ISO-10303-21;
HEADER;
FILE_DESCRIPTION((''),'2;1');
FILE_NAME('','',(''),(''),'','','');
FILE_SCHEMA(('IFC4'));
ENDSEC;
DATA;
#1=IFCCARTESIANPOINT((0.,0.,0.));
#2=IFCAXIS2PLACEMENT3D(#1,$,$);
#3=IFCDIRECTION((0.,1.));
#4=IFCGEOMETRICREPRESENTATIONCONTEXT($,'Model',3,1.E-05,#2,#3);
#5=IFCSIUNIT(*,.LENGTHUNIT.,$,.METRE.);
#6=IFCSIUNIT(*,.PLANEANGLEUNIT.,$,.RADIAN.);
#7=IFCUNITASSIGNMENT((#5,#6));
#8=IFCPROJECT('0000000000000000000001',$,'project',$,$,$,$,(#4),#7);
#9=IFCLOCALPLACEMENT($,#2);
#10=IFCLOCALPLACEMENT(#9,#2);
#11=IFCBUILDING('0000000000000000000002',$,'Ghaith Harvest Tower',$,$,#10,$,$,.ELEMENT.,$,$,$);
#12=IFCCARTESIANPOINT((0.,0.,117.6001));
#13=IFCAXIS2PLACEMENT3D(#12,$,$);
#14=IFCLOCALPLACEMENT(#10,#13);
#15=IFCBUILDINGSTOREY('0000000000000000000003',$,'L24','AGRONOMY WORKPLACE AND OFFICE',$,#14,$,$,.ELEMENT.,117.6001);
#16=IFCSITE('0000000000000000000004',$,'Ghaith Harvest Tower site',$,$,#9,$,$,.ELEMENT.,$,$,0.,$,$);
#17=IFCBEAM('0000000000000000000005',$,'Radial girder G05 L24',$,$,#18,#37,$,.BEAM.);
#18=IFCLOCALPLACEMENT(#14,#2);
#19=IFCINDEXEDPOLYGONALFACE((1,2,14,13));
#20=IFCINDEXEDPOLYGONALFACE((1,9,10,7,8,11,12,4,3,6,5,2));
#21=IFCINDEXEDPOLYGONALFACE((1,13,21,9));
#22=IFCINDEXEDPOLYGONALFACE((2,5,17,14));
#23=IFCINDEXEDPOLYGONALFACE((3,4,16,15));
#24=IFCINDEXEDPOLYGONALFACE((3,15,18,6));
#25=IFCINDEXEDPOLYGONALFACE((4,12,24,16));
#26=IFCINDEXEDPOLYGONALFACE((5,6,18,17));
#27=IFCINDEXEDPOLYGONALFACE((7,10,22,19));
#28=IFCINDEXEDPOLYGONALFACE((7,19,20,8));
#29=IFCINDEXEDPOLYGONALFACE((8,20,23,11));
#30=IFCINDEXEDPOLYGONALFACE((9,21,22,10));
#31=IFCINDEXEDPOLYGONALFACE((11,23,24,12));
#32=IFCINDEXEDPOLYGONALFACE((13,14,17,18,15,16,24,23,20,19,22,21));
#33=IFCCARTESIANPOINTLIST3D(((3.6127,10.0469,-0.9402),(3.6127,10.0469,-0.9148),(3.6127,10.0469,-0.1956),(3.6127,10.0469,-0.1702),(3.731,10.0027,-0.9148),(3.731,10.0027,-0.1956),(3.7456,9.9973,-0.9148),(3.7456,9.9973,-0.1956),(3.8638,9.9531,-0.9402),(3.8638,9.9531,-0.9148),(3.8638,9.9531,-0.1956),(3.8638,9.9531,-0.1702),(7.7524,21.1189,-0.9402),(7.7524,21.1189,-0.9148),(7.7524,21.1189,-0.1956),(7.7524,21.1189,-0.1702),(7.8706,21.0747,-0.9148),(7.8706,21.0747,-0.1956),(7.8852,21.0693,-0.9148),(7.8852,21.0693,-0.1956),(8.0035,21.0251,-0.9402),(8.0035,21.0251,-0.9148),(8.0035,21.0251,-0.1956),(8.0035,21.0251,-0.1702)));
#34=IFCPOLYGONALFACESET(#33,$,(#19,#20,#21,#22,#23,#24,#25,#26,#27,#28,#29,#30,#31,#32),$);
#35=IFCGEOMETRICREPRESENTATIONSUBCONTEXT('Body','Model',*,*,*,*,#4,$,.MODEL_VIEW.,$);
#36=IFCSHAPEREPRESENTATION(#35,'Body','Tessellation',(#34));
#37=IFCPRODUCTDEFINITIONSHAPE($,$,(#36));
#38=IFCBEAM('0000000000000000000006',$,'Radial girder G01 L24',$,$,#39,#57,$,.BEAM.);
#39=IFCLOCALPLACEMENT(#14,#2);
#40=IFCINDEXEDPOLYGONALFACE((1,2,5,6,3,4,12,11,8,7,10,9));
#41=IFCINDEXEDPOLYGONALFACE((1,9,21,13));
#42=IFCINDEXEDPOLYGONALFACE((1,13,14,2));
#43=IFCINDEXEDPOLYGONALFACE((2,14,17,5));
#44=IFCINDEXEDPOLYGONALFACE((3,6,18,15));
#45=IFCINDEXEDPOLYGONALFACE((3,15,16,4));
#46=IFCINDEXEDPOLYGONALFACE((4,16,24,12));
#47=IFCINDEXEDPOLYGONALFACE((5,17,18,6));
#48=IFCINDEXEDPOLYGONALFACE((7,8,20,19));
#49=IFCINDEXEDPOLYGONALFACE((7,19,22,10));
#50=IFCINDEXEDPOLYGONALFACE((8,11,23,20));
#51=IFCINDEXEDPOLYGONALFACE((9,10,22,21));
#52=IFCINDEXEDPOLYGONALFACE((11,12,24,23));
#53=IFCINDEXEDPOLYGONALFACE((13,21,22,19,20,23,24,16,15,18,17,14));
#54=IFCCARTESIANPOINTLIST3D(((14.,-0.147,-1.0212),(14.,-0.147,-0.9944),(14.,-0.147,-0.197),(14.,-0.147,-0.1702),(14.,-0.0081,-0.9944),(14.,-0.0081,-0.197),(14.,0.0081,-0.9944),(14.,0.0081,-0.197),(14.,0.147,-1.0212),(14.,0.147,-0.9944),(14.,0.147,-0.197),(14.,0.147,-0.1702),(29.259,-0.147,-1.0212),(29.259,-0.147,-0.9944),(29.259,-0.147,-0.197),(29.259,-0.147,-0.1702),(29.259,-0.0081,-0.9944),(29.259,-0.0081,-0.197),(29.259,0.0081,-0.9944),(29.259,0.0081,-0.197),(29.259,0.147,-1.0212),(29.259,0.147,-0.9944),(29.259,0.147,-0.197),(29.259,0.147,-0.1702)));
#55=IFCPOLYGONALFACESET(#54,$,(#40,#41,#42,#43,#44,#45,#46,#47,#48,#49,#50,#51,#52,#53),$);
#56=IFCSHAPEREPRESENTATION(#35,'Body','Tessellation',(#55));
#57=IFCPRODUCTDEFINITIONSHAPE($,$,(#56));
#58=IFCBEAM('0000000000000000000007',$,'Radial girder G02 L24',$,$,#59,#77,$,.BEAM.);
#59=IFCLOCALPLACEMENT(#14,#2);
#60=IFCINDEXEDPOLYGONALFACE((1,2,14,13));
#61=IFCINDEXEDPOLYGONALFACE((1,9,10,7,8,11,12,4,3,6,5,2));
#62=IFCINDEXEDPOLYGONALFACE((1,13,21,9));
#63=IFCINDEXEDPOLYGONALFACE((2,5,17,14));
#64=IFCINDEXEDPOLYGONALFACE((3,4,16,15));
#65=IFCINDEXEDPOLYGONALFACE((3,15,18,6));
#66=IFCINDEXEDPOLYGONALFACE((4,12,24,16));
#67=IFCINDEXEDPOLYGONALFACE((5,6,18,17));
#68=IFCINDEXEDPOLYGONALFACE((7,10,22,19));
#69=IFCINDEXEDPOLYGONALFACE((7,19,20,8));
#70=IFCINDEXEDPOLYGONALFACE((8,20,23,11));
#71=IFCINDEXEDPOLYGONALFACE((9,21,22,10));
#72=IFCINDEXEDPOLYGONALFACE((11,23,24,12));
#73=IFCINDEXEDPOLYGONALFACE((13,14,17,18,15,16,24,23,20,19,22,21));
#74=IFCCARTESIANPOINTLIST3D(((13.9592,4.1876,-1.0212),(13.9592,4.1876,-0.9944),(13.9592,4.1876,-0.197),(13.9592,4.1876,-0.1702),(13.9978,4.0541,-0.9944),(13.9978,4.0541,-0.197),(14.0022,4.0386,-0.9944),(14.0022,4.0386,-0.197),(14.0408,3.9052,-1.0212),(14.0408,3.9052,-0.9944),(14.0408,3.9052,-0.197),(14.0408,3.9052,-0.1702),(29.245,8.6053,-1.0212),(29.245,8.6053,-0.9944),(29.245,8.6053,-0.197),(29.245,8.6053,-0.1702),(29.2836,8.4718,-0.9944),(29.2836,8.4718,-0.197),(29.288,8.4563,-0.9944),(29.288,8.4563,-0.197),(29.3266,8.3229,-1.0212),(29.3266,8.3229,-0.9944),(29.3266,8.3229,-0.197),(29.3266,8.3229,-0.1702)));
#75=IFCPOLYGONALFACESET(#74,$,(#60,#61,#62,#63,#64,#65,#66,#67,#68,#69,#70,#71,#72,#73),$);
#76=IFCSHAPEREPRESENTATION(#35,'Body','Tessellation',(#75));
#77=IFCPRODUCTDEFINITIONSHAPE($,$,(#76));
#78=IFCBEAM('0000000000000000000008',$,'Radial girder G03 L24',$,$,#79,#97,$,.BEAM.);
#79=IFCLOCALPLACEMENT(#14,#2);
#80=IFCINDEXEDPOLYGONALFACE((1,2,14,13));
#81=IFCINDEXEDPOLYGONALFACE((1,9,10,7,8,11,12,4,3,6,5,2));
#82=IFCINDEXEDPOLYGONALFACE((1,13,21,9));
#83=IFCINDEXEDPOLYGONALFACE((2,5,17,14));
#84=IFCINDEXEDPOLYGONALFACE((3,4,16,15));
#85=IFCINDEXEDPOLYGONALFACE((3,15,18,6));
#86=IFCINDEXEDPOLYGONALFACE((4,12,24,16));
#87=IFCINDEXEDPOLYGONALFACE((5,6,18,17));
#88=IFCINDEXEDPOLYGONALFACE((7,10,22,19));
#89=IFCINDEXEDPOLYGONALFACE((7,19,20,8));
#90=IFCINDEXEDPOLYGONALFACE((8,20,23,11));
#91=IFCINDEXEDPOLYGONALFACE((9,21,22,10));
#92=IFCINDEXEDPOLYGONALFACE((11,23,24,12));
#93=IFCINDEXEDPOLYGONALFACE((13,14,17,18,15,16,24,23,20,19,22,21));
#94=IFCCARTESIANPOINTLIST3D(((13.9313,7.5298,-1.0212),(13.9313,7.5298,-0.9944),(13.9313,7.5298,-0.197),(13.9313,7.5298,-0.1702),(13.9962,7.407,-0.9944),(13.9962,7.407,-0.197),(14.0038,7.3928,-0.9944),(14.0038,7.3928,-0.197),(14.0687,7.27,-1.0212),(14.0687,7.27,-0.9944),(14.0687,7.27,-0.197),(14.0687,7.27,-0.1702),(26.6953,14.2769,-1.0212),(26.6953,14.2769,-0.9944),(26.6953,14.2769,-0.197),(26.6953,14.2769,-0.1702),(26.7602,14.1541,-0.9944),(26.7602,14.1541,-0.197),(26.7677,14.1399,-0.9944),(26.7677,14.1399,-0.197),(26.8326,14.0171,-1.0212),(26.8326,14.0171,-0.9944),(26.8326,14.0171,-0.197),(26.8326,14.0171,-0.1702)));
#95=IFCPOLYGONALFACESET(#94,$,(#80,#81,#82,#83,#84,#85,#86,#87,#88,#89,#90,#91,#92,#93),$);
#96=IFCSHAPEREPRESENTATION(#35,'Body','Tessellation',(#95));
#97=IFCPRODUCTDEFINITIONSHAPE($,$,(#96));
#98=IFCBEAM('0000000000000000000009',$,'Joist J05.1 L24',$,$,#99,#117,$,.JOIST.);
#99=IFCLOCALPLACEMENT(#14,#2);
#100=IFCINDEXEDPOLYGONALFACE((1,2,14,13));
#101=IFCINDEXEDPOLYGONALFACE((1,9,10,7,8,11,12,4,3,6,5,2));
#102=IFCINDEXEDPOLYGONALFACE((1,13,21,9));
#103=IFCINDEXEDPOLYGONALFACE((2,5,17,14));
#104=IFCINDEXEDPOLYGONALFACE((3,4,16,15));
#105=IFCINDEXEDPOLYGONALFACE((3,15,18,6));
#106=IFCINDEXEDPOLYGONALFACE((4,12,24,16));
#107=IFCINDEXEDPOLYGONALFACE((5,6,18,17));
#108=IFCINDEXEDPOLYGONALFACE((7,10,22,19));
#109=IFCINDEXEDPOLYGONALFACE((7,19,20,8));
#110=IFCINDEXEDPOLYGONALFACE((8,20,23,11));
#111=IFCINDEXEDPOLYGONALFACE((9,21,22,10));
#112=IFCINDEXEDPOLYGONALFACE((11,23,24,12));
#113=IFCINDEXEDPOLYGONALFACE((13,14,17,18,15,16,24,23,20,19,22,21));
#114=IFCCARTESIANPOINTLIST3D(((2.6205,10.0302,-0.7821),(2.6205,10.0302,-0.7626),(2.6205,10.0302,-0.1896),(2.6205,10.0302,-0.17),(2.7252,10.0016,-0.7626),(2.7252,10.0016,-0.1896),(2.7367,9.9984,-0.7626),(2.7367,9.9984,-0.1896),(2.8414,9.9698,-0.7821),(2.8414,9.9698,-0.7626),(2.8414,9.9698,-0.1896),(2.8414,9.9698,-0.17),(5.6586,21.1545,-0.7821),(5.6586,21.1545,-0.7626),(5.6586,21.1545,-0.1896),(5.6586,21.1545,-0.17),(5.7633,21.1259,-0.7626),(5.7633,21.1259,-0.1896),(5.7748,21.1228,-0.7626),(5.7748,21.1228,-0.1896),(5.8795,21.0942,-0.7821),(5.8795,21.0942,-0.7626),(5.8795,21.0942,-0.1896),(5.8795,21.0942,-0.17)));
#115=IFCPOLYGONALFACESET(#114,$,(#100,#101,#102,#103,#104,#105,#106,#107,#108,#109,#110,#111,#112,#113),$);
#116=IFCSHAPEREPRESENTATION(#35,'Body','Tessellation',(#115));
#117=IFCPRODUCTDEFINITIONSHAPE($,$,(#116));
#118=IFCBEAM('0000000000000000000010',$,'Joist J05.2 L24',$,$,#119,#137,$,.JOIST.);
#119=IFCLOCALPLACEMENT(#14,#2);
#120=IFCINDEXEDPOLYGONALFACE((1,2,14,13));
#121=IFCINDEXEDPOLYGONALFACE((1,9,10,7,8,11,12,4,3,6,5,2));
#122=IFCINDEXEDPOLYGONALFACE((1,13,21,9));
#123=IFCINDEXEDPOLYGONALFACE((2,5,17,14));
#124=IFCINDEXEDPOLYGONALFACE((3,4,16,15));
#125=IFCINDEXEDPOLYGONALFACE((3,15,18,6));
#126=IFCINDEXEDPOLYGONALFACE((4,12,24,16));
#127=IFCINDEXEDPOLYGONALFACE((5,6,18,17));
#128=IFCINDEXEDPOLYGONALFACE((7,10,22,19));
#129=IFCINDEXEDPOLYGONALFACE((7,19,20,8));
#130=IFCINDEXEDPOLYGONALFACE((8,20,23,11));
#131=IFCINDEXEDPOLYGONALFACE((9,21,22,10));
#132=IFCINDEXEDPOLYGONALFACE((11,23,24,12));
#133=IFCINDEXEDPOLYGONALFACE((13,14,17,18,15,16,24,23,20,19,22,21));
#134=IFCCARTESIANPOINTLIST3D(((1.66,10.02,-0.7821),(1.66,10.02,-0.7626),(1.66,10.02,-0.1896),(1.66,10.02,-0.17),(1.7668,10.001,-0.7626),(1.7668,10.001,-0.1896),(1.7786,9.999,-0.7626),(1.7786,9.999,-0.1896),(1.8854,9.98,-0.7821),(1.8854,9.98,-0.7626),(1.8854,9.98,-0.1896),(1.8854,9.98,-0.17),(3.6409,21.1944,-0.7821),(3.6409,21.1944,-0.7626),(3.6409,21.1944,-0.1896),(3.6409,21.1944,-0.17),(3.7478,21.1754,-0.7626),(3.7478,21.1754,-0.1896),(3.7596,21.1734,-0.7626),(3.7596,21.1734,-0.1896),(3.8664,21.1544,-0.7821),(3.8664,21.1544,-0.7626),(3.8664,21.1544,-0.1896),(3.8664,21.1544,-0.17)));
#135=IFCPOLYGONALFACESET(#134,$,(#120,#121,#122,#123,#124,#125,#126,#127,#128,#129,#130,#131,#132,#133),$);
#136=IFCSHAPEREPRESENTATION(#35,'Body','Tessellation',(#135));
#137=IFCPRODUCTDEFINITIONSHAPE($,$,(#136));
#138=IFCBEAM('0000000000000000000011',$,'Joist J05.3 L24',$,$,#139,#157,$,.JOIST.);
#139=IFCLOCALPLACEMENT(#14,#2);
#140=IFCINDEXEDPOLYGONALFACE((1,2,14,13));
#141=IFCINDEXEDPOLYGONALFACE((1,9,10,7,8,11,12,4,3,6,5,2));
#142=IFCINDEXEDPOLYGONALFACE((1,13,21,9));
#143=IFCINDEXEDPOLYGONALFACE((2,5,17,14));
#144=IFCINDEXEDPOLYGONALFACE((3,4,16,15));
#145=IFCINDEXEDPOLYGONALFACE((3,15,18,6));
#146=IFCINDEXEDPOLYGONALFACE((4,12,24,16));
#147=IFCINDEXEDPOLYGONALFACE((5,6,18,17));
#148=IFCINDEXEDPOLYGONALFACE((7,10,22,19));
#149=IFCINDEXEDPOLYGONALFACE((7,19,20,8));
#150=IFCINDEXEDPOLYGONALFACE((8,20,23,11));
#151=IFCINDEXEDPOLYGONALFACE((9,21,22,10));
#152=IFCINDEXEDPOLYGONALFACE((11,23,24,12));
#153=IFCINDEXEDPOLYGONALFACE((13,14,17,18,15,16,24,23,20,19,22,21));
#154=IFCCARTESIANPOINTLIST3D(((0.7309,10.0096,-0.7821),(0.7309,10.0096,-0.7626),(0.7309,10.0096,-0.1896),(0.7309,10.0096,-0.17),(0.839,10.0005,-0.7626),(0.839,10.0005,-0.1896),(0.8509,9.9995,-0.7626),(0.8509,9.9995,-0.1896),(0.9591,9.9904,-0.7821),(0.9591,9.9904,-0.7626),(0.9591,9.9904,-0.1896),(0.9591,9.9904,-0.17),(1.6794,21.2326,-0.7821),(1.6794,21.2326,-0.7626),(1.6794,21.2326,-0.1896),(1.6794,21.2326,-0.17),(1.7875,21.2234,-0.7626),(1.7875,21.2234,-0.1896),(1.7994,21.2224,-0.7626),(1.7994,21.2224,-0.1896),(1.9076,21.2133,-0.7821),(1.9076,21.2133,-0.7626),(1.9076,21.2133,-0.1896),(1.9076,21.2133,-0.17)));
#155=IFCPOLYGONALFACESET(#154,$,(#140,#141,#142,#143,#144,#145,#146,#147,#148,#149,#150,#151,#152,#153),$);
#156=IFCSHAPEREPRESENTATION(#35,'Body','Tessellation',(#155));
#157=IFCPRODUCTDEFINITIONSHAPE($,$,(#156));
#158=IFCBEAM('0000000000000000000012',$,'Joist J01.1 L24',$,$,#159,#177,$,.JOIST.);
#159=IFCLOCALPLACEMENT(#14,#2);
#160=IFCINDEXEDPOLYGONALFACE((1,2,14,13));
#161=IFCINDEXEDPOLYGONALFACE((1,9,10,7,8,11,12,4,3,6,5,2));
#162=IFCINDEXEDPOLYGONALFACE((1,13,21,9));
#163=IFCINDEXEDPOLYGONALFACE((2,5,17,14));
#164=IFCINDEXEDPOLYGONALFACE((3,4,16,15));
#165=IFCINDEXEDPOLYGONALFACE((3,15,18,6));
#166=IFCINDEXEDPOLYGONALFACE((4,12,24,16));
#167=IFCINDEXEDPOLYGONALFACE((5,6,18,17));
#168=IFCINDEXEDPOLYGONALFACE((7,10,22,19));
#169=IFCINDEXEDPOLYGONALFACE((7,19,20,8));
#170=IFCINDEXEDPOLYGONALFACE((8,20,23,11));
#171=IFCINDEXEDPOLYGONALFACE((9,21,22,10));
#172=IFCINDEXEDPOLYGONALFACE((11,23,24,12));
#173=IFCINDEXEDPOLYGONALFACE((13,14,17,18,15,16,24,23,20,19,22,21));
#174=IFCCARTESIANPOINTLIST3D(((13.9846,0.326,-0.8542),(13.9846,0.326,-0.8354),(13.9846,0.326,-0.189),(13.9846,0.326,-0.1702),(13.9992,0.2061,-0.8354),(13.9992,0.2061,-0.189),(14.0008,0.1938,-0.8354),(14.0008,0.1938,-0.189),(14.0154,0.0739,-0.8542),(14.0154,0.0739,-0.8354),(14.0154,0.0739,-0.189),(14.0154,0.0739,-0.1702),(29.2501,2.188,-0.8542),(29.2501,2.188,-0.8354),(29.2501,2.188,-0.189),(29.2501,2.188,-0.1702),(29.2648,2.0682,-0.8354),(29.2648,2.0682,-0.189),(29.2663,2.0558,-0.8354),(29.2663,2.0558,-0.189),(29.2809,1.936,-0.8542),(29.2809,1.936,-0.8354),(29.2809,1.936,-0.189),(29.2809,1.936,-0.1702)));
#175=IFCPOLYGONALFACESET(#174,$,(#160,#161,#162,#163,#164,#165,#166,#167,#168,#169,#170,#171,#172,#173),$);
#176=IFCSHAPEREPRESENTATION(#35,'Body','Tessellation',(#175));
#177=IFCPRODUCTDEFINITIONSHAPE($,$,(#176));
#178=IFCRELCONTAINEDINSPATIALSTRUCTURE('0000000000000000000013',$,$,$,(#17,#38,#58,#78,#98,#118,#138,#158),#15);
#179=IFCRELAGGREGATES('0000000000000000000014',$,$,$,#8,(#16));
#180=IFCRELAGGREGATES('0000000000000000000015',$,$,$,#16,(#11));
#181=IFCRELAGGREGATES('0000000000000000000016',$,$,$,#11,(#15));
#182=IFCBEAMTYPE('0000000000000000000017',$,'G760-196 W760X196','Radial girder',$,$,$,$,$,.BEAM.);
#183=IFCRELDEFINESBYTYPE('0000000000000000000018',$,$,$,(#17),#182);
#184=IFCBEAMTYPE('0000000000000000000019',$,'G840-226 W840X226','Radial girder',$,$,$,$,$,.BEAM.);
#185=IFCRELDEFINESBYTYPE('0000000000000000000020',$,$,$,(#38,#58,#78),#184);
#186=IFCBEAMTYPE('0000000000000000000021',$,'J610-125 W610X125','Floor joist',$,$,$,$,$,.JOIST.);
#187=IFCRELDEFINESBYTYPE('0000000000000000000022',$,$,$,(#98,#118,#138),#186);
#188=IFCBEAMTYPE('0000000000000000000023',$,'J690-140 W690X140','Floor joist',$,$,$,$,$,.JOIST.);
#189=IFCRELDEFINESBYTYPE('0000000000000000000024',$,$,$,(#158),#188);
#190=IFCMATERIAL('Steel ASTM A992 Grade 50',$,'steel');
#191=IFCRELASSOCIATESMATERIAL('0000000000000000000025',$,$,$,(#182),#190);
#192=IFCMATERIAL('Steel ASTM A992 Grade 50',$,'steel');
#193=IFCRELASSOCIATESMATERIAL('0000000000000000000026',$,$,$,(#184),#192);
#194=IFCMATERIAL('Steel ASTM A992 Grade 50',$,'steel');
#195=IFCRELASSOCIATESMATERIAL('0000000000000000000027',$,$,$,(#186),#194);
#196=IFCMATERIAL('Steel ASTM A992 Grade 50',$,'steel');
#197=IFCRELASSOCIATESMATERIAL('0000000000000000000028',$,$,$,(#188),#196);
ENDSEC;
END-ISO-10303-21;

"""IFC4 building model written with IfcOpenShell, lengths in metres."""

from ifc_helpers import new_model, si_unit, direction, frame, origin, origin_2d, place, context, subcontext, project, spatial, i_section, extrude, material, material_profile, profile_set, type_object, element, save


model = new_model("IFC4")

# Units and contexts
model_context = context("Model", 3, precision=1e-05, world=origin(), true_north=direction((0.0, 1.0)))
body_context = subcontext(model_context, "Body", "Model", "MODEL_VIEW")
ifc_project = project(units=[si_unit("LENGTHUNIT", "METRE"), si_unit("PLANEANGLEUNIT", "RADIAN")], contexts=[model_context])

# Site, building, storey
site_placement = place(None, origin())
site = spatial("IfcSite", under=ifc_project, at=site_placement, Name="Ghaith Harvest Tower site", CompositionType="ELEMENT", RefElevation=0.0)
building_placement = place(site_placement, origin())
building = spatial("IfcBuilding", under=site, at=building_placement, Name="Ghaith Harvest Tower", CompositionType="ELEMENT")
storey_placement = place(building_placement, frame((0.0, 0.0, 117.6001)))
storey = spatial("IfcBuildingStorey", under=building, at=storey_placement, Name="L24", Description="AGRONOMY WORKPLACE AND OFFICE", CompositionType="ELEMENT", Elevation=117.6001)

# Beams
ifc_material_1 = material(Name="Steel ASTM A992 Grade 50", Category="steel")
ifc_material_profile_1 = material_profile(ifc_material_1, i_section(OverallWidth=0.2681, OverallDepth=0.77, WebThickness=0.0156, FlangeThickness=0.0254, at=origin_2d()), Name="W760X196")
ifc_profile_set_1 = profile_set([ifc_material_profile_1], Name="Steel ASTM A992 Grade 50")
beam_type_1 = type_object("IfcBeamType", Name="G760-196 W760X196", Description="Radial girder", PredefinedType="BEAM", material=ifc_profile_set_1)
beam_1_placement = place(storey_placement, frame((3.7383, 10.0, -0.5552), z_axis=(0.350207, 0.936672, 0.0), x_axis=(-0.936672, 0.350207, 0.0)))
element("IfcBeam", 1, at=beam_1_placement, inside=storey, type_object=beam_type_1, Name="Radial girder G05 L24", PredefinedType="BEAM", context=body_context, shape_type="SweptSolid", body=[
    extrude(i_section(OverallWidth=0.2681, OverallDepth=0.77, WebThickness=0.0156, FlangeThickness=0.0254, at=origin_2d()), origin(), (0.0, 0.0, 1.0), 11.8206),
])
ifc_material_2 = material(Name="Steel ASTM A992 Grade 50", Category="steel")
ifc_material_profile_2 = material_profile(ifc_material_2, i_section(OverallWidth=0.2939, OverallDepth=0.8511, WebThickness=0.0161, FlangeThickness=0.0269, at=origin_2d()), Name="W840X226")
ifc_profile_set_2 = profile_set([ifc_material_profile_2], Name="Steel ASTM A992 Grade 50")
beam_type_2 = type_object("IfcBeamType", Name="G840-226 W840X226", Description="Radial girder", PredefinedType="BEAM", material=ifc_profile_set_2)
beam_2_placement = place(storey_placement, frame((14.0, 0.0, -0.5957), z_axis=(1.0, 0.0, 0.0), x_axis=(0.0, 1.0, 0.0)))
element("IfcBeam", 2, at=beam_2_placement, inside=storey, type_object=beam_type_2, Name="Radial girder G01 L24", PredefinedType="BEAM", context=body_context, shape_type="SweptSolid", body=[
    extrude(i_section(OverallWidth=0.2939, OverallDepth=0.8511, WebThickness=0.0161, FlangeThickness=0.0269, at=origin_2d()), origin(), (0.0, 0.0, 1.0), 15.259),
])
beam_3_placement = place(storey_placement, frame((14.0, 4.0464, -0.5957), z_axis=(0.960684, 0.277644, 0.0), x_axis=(-0.277644, 0.960684, 0.0)))
element("IfcBeam", 3, at=beam_3_placement, inside=storey, type_object=beam_type_2, Name="Radial girder G02 L24", PredefinedType="BEAM", context=body_context, shape_type="SweptSolid", body=[
    extrude(i_section(OverallWidth=0.2939, OverallDepth=0.8511, WebThickness=0.0161, FlangeThickness=0.0269, at=origin_2d()), origin(), (0.0, 0.0, 1.0), 15.9114),
])
beam_4_placement = place(storey_placement, frame((14.0, 7.3999, -0.5957), z_axis=(0.884083, 0.467331, 0.0), x_axis=(-0.467331, 0.884083, 0.0)))
element("IfcBeam", 4, at=beam_4_placement, inside=storey, type_object=beam_type_2, Name="Radial girder G03 L24", PredefinedType="BEAM", context=body_context, shape_type="SweptSolid", body=[
    extrude(i_section(OverallWidth=0.2939, OverallDepth=0.8511, WebThickness=0.0161, FlangeThickness=0.0269, at=origin_2d()), origin(), (0.0, 0.0, 1.0), 14.4375),
])
ifc_material_3 = material(Name="Steel ASTM A992 Grade 50", Category="steel")
ifc_material_profile_3 = material_profile(ifc_material_3, i_section(OverallWidth=0.229, OverallDepth=0.6121, WebThickness=0.012, FlangeThickness=0.0195, at=origin_2d()), Name="W610X125")
ifc_profile_set_3 = profile_set([ifc_material_profile_3], Name="Steel ASTM A992 Grade 50")
beam_type_3 = type_object("IfcBeamType", Name="J610-125 W610X125", Description="Floor joist", PredefinedType="JOIST", material=ifc_profile_set_3)
beam_5_placement = place(storey_placement, frame((2.731, 10.0, -0.4761), z_axis=(0.263456, 0.964671, 0.0), x_axis=(-0.964671, 0.263456, 0.0)))
element("IfcBeam", 5, at=beam_5_placement, inside=storey, type_object=beam_type_3, Name="Joist J05.1 L24", PredefinedType="JOIST", context=body_context, shape_type="SweptSolid", body=[
    extrude(i_section(OverallWidth=0.229, OverallDepth=0.6121, WebThickness=0.012, FlangeThickness=0.0195, at=origin_2d()), origin(), (0.0, 0.0, 1.0), 11.5317),
])
beam_6_placement = place(storey_placement, frame((1.7727, 10.0, -0.4761), z_axis=(0.174556, 0.984647, 0.0), x_axis=(-0.984647, 0.174556, 0.0)))
element("IfcBeam", 6, at=beam_6_placement, inside=storey, type_object=beam_type_3, Name="Joist J05.2 L24", PredefinedType="JOIST", context=body_context, shape_type="SweptSolid", body=[
    extrude(i_section(OverallWidth=0.229, OverallDepth=0.6121, WebThickness=0.012, FlangeThickness=0.0195, at=origin_2d()), origin(), (0.0, 0.0, 1.0), 11.3486),
])
beam_7_placement = place(storey_placement, frame((0.845, 10.0, -0.4761), z_axis=(0.084213, 0.996448, 0.0), x_axis=(-0.996448, 0.084213, 0.0)))
element("IfcBeam", 7, at=beam_7_placement, inside=storey, type_object=beam_type_3, Name="Joist J05.3 L24", PredefinedType="JOIST", context=body_context, shape_type="SweptSolid", body=[
    extrude(i_section(OverallWidth=0.229, OverallDepth=0.6121, WebThickness=0.012, FlangeThickness=0.0195, at=origin_2d()), origin(), (0.0, 0.0, 1.0), 11.2629),
])
ifc_material_4 = material(Name="Steel ASTM A992 Grade 50", Category="steel")
ifc_material_profile_4 = material_profile(ifc_material_4, i_section(OverallWidth=0.2539, OverallDepth=0.6841, WebThickness=0.0125, FlangeThickness=0.0188, at=origin_2d()), Name="W690X140")
ifc_profile_set_4 = profile_set([ifc_material_profile_4], Name="Steel ASTM A992 Grade 50")
beam_type_4 = type_object("IfcBeamType", Name="J690-140 W690X140", Description="Floor joist", PredefinedType="JOIST", material=ifc_profile_set_4)
beam_8_placement = place(storey_placement, frame((14.0, 0.2, -0.5122), z_axis=(0.992643, 0.12108, 0.0), x_axis=(-0.12108, 0.992643, 0.0)))
element("IfcBeam", 8, at=beam_8_placement, inside=storey, type_object=beam_type_4, Name="Joist J01.1 L24", PredefinedType="JOIST", context=body_context, shape_type="SweptSolid", body=[
    extrude(i_section(OverallWidth=0.2539, OverallDepth=0.6841, WebThickness=0.0125, FlangeThickness=0.0188, at=origin_2d()), origin(), (0.0, 0.0, 1.0), 15.3787),
])

save(model, "model.ifc")
